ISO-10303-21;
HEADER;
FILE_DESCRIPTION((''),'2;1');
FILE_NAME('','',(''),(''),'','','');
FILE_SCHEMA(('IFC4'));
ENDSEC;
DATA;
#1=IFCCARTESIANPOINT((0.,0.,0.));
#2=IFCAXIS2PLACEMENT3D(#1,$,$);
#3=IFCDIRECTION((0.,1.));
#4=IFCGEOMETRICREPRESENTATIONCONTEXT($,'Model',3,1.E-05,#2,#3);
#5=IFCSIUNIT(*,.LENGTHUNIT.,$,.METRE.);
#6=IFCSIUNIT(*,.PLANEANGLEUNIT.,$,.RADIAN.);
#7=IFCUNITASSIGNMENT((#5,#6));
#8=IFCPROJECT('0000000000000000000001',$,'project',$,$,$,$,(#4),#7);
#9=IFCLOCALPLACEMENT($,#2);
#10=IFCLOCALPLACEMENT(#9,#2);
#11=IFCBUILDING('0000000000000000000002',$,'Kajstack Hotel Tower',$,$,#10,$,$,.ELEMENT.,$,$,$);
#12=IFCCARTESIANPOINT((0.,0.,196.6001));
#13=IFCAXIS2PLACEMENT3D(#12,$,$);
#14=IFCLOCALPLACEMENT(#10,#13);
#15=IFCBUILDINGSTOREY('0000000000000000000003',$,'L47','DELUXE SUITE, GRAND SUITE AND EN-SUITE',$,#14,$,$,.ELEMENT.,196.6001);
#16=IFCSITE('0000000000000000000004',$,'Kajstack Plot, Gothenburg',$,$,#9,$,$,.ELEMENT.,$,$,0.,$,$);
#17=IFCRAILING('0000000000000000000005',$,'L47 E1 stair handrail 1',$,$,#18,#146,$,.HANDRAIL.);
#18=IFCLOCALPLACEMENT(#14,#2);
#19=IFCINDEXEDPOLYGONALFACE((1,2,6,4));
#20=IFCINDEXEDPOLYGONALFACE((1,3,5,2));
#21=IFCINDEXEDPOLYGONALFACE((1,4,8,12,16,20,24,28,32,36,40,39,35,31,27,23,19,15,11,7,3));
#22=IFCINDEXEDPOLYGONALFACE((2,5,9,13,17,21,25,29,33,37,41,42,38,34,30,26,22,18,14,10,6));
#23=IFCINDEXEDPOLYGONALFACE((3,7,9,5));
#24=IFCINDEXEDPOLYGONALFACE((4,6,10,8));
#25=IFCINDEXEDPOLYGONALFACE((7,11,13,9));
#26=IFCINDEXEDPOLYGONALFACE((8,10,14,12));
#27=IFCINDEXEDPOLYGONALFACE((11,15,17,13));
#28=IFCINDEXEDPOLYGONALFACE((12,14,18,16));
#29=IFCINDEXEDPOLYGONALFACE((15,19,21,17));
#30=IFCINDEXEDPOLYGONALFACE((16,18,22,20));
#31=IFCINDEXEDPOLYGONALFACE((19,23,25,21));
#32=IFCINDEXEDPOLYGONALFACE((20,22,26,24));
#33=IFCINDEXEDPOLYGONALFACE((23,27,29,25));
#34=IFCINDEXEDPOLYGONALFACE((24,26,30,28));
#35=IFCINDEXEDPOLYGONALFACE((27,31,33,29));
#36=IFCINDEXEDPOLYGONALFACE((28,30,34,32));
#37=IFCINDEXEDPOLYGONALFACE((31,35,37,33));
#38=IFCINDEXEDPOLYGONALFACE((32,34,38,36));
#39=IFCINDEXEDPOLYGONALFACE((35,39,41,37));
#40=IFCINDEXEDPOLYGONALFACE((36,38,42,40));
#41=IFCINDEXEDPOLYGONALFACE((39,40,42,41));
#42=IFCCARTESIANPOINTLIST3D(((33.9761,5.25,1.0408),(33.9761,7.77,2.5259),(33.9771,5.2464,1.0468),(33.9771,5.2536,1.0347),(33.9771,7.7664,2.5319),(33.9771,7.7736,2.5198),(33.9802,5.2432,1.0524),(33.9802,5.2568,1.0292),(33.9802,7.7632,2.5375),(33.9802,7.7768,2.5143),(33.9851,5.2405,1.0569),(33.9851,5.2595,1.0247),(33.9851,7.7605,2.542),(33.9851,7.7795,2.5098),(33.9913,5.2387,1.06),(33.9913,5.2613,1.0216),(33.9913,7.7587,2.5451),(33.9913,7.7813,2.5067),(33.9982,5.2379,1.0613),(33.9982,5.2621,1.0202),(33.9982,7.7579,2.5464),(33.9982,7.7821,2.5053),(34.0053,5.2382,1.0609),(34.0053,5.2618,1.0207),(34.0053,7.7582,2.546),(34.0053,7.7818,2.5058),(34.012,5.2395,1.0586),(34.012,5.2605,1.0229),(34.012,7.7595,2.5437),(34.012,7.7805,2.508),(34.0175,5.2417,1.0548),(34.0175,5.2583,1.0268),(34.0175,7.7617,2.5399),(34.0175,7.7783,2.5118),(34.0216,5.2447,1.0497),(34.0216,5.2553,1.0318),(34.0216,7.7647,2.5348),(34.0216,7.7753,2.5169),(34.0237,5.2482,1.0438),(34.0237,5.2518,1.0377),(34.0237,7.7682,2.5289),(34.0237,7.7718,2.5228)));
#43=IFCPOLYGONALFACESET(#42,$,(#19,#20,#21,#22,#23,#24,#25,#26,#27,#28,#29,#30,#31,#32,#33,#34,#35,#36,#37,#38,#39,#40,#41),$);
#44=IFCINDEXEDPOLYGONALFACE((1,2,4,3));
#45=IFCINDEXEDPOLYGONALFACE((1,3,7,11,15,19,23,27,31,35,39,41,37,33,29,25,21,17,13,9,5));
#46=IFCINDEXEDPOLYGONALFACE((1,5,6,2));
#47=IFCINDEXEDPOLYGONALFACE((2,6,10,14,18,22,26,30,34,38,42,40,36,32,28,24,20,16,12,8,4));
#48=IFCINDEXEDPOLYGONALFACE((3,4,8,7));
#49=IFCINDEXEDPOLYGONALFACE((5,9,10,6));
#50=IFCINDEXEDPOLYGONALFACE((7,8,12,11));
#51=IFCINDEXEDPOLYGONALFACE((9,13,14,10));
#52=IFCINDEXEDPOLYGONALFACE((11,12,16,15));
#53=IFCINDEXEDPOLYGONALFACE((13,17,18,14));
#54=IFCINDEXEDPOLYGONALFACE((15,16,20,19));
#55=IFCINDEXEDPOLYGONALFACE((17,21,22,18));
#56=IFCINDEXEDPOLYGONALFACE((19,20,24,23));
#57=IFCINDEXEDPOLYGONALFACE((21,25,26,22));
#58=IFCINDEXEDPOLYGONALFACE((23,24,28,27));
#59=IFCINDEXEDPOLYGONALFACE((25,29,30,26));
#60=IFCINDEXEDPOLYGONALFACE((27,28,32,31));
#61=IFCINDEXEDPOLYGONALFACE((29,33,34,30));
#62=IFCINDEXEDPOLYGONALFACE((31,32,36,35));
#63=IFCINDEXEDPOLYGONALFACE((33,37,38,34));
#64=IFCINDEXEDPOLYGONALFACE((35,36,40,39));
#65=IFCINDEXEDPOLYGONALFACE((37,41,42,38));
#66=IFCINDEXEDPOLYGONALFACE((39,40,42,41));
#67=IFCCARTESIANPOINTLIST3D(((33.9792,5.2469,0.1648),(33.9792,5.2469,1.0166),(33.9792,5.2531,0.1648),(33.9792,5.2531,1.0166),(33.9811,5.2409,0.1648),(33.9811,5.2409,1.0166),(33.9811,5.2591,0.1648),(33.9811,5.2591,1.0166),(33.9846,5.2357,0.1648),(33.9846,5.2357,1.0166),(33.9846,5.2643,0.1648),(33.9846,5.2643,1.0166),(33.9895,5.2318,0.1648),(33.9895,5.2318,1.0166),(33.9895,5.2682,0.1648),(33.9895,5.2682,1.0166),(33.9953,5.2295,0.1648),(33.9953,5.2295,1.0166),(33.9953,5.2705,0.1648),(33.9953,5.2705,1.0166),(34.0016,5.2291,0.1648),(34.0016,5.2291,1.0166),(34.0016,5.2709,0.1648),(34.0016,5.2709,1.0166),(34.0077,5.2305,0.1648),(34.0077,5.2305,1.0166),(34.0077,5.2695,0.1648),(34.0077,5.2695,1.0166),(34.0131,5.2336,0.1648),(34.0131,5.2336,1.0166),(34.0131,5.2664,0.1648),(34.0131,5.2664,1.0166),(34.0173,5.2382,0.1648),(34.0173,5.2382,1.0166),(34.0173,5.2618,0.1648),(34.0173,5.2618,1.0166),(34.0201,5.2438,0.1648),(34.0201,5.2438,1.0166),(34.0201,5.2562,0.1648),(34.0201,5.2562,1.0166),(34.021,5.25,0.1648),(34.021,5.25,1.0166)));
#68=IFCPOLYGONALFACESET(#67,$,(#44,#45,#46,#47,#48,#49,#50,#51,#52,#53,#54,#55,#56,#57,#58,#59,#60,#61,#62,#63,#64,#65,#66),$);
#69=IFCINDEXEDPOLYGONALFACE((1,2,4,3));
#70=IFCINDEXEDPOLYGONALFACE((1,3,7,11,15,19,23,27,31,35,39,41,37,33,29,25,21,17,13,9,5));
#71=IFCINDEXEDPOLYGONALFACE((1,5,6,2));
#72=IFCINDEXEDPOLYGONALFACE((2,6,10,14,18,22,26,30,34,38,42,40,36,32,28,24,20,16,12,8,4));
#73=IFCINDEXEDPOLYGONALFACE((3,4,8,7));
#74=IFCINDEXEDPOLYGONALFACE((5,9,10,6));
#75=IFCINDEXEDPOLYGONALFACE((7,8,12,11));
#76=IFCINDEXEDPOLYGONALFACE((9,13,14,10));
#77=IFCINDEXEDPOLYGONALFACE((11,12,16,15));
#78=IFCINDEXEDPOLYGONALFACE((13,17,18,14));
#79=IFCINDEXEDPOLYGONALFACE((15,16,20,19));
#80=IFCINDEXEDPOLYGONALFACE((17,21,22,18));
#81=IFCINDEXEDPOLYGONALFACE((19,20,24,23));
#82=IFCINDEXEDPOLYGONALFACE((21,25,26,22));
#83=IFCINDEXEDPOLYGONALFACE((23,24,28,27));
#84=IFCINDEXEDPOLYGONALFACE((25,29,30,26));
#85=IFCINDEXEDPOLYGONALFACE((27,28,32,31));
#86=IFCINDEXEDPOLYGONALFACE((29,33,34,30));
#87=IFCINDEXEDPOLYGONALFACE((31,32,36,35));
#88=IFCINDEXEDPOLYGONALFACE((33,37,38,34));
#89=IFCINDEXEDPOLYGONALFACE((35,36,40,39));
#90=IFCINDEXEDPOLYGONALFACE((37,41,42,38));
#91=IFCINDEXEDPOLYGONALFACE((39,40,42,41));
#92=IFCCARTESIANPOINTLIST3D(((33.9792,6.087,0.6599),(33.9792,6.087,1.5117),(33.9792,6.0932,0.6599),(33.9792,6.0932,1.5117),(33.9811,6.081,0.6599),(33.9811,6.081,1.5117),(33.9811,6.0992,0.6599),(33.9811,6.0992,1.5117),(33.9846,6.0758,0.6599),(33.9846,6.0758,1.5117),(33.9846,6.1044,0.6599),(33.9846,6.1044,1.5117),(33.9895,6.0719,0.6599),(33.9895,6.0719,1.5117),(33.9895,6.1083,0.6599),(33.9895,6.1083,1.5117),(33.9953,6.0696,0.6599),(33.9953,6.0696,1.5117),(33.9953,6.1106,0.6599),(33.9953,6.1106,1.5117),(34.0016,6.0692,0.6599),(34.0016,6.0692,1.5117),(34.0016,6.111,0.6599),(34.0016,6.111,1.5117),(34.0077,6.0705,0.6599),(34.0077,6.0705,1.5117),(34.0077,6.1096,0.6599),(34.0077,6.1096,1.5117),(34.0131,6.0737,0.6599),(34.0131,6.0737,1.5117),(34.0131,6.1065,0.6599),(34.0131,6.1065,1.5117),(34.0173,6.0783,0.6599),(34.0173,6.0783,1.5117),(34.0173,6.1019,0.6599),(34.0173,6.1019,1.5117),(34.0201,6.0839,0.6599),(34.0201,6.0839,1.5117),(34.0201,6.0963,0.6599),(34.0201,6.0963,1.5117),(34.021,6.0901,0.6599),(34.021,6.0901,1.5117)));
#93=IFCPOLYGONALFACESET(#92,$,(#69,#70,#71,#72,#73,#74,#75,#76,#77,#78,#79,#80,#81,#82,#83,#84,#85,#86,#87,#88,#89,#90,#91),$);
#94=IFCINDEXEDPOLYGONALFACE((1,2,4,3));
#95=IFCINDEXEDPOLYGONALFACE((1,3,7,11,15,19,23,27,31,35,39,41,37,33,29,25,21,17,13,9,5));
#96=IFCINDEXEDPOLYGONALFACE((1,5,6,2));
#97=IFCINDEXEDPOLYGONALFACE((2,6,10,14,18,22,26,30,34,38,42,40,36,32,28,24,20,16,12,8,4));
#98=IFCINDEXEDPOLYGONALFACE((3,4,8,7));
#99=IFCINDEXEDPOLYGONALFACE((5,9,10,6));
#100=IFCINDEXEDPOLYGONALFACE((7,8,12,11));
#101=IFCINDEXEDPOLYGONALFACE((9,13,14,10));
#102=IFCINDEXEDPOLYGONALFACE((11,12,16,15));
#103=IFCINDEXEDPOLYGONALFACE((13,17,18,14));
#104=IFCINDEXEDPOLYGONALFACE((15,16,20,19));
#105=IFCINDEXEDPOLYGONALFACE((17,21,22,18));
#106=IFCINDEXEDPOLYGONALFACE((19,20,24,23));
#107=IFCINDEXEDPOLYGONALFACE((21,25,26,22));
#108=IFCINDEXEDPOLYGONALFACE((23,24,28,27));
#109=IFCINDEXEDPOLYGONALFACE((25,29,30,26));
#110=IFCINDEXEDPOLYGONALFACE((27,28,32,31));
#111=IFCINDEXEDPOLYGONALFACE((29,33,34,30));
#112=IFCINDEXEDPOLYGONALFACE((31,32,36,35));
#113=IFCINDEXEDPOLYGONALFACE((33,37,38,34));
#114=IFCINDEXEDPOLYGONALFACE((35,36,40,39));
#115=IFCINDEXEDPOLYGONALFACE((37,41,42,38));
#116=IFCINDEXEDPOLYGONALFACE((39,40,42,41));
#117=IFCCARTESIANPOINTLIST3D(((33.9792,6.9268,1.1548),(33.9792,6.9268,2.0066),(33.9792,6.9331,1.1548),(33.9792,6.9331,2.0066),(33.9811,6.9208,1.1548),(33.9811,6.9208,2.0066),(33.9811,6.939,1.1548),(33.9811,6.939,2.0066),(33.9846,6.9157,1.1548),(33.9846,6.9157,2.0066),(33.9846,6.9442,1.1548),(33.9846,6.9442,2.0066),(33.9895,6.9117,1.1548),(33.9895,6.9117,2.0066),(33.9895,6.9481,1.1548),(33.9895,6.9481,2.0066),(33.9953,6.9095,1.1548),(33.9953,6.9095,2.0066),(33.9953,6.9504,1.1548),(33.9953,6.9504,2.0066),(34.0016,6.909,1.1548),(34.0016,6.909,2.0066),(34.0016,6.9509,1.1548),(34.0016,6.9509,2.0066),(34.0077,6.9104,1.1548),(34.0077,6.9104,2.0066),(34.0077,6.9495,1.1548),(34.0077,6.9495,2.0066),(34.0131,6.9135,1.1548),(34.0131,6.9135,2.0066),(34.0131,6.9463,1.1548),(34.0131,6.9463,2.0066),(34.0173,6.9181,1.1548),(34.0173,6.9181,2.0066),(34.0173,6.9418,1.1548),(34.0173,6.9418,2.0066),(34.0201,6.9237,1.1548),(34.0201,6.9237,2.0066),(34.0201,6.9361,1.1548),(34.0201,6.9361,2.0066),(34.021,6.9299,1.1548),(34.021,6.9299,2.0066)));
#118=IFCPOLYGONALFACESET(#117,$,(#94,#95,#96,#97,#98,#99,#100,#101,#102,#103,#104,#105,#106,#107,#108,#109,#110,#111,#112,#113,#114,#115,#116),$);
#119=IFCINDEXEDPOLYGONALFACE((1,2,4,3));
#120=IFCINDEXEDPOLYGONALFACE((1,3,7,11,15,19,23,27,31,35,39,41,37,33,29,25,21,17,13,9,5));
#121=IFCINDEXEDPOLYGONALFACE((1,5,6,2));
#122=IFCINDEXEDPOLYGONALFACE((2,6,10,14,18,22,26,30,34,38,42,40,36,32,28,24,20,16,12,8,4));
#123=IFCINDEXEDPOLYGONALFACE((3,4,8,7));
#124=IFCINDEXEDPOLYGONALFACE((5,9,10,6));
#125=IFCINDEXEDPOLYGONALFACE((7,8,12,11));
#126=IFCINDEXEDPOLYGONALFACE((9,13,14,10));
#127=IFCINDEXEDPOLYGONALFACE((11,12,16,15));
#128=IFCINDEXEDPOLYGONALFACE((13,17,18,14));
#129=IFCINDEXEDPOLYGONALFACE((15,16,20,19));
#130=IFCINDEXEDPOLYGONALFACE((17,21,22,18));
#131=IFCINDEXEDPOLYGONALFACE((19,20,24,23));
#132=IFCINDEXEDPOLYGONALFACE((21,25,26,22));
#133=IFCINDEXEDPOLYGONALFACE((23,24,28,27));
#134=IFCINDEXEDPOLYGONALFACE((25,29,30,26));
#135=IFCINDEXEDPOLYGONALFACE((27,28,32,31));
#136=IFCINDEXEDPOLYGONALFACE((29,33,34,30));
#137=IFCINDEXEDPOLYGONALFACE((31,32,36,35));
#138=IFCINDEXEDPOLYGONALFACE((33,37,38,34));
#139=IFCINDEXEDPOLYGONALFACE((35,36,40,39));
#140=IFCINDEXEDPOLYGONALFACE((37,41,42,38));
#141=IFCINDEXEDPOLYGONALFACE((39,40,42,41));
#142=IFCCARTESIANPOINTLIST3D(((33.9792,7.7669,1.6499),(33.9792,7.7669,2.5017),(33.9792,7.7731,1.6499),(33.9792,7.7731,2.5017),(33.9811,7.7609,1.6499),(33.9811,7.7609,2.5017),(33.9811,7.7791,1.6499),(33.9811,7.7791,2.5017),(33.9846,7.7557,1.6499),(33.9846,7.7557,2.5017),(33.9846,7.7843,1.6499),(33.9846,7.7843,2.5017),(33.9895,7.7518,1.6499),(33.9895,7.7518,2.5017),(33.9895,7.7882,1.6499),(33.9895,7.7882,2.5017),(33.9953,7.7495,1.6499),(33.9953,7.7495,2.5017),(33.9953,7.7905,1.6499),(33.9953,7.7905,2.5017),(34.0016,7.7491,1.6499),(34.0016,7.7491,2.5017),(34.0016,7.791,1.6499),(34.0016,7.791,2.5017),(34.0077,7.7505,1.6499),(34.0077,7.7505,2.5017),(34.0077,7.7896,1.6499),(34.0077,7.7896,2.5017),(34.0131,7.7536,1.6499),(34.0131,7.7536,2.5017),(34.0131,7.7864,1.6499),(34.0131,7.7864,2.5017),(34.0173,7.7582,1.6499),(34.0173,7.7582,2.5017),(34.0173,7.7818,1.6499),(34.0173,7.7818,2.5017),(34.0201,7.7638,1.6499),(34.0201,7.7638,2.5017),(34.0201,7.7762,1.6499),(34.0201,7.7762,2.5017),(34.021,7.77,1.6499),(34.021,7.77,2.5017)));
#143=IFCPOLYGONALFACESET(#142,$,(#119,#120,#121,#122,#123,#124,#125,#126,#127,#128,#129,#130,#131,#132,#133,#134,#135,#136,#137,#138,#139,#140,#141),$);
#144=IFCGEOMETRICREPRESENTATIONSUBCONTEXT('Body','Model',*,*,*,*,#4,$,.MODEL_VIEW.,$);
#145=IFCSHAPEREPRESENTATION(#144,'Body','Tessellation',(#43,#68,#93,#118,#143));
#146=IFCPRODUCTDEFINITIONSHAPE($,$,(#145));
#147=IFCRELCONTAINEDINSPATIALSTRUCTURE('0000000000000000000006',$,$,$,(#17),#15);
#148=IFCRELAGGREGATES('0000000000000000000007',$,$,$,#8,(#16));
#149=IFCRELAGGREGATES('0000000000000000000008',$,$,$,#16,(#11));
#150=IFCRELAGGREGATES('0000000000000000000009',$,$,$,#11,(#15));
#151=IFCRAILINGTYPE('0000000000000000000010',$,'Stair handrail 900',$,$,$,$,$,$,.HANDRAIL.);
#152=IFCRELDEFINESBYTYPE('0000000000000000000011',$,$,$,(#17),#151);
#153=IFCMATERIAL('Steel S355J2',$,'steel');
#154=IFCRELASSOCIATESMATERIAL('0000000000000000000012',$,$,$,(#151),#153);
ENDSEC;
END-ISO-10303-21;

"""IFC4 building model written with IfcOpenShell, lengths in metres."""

from ifc_helpers import new_model, si_unit, direction, frame, origin, origin_2d, place, context, subcontext, project, spatial, circle, extrude, material, type_object, element, save


model = new_model("IFC4")

# Units and contexts
model_context = context("Model", 3, precision=1e-05, world=origin(), true_north=direction((0.0, 1.0)))
body_context = subcontext(model_context, "Body", "Model", "MODEL_VIEW")
ifc_project = project(units=[si_unit("LENGTHUNIT", "METRE"), si_unit("PLANEANGLEUNIT", "RADIAN")], contexts=[model_context])

# Site, building, storey
site_placement = place(None, origin())
site = spatial("IfcSite", under=ifc_project, at=site_placement, Name="Kajstack Plot, Gothenburg", CompositionType="ELEMENT", RefElevation=0.0)
building_placement = place(site_placement, origin())
building = spatial("IfcBuilding", under=site, at=building_placement, Name="Kajstack Hotel Tower", CompositionType="ELEMENT")
storey_placement = place(building_placement, frame((0.0, 0.0, 196.6001)))
storey = spatial("IfcBuildingStorey", under=building, at=storey_placement, Name="L47", Description="DELUXE SUITE, GRAND SUITE AND EN-SUITE", CompositionType="ELEMENT", Elevation=196.6001)

# Railing
ifc_material_1 = material(Name="Steel S355J2", Category="steel")
railing_type_1 = type_object("IfcRailingType", Name="Stair handrail 900", PredefinedType="HANDRAIL", material=ifc_material_1)
railing_1_placement = place(storey_placement, frame((34.0, 5.25, 0.1648)))
element("IfcRailing", 1, at=railing_1_placement, inside=storey, type_object=railing_type_1, Name="L47 E1 stair handrail 1", PredefinedType="HANDRAIL", context=body_context, shape_type="SweptSolid", body=[
    extrude(circle(Radius=0.0239, at=origin_2d()), frame((0.0, 0.0, 0.876), z_axis=(0.0, 0.861524, 0.507717), x_axis=(-1.0, 0.0, 0.0)), (0.0, 0.0, 1.0), 2.925),
    extrude(circle(Radius=0.021, at=origin_2d()), origin(), (0.0, 0.0, 1.0), 0.8518),
    extrude(circle(Radius=0.021, at=origin_2d()), frame((0.0, 0.8401, 0.4951)), (0.0, 0.0, 1.0), 0.8518),
    extrude(circle(Radius=0.021, at=origin_2d()), frame((0.0, 1.6799, 0.99)), (0.0, 0.0, 1.0), 0.8518),
    extrude(circle(Radius=0.021, at=origin_2d()), frame((0.0, 2.52, 1.4851)), (0.0, 0.0, 1.0), 0.8518),
])

save(model, "model.ifc")
